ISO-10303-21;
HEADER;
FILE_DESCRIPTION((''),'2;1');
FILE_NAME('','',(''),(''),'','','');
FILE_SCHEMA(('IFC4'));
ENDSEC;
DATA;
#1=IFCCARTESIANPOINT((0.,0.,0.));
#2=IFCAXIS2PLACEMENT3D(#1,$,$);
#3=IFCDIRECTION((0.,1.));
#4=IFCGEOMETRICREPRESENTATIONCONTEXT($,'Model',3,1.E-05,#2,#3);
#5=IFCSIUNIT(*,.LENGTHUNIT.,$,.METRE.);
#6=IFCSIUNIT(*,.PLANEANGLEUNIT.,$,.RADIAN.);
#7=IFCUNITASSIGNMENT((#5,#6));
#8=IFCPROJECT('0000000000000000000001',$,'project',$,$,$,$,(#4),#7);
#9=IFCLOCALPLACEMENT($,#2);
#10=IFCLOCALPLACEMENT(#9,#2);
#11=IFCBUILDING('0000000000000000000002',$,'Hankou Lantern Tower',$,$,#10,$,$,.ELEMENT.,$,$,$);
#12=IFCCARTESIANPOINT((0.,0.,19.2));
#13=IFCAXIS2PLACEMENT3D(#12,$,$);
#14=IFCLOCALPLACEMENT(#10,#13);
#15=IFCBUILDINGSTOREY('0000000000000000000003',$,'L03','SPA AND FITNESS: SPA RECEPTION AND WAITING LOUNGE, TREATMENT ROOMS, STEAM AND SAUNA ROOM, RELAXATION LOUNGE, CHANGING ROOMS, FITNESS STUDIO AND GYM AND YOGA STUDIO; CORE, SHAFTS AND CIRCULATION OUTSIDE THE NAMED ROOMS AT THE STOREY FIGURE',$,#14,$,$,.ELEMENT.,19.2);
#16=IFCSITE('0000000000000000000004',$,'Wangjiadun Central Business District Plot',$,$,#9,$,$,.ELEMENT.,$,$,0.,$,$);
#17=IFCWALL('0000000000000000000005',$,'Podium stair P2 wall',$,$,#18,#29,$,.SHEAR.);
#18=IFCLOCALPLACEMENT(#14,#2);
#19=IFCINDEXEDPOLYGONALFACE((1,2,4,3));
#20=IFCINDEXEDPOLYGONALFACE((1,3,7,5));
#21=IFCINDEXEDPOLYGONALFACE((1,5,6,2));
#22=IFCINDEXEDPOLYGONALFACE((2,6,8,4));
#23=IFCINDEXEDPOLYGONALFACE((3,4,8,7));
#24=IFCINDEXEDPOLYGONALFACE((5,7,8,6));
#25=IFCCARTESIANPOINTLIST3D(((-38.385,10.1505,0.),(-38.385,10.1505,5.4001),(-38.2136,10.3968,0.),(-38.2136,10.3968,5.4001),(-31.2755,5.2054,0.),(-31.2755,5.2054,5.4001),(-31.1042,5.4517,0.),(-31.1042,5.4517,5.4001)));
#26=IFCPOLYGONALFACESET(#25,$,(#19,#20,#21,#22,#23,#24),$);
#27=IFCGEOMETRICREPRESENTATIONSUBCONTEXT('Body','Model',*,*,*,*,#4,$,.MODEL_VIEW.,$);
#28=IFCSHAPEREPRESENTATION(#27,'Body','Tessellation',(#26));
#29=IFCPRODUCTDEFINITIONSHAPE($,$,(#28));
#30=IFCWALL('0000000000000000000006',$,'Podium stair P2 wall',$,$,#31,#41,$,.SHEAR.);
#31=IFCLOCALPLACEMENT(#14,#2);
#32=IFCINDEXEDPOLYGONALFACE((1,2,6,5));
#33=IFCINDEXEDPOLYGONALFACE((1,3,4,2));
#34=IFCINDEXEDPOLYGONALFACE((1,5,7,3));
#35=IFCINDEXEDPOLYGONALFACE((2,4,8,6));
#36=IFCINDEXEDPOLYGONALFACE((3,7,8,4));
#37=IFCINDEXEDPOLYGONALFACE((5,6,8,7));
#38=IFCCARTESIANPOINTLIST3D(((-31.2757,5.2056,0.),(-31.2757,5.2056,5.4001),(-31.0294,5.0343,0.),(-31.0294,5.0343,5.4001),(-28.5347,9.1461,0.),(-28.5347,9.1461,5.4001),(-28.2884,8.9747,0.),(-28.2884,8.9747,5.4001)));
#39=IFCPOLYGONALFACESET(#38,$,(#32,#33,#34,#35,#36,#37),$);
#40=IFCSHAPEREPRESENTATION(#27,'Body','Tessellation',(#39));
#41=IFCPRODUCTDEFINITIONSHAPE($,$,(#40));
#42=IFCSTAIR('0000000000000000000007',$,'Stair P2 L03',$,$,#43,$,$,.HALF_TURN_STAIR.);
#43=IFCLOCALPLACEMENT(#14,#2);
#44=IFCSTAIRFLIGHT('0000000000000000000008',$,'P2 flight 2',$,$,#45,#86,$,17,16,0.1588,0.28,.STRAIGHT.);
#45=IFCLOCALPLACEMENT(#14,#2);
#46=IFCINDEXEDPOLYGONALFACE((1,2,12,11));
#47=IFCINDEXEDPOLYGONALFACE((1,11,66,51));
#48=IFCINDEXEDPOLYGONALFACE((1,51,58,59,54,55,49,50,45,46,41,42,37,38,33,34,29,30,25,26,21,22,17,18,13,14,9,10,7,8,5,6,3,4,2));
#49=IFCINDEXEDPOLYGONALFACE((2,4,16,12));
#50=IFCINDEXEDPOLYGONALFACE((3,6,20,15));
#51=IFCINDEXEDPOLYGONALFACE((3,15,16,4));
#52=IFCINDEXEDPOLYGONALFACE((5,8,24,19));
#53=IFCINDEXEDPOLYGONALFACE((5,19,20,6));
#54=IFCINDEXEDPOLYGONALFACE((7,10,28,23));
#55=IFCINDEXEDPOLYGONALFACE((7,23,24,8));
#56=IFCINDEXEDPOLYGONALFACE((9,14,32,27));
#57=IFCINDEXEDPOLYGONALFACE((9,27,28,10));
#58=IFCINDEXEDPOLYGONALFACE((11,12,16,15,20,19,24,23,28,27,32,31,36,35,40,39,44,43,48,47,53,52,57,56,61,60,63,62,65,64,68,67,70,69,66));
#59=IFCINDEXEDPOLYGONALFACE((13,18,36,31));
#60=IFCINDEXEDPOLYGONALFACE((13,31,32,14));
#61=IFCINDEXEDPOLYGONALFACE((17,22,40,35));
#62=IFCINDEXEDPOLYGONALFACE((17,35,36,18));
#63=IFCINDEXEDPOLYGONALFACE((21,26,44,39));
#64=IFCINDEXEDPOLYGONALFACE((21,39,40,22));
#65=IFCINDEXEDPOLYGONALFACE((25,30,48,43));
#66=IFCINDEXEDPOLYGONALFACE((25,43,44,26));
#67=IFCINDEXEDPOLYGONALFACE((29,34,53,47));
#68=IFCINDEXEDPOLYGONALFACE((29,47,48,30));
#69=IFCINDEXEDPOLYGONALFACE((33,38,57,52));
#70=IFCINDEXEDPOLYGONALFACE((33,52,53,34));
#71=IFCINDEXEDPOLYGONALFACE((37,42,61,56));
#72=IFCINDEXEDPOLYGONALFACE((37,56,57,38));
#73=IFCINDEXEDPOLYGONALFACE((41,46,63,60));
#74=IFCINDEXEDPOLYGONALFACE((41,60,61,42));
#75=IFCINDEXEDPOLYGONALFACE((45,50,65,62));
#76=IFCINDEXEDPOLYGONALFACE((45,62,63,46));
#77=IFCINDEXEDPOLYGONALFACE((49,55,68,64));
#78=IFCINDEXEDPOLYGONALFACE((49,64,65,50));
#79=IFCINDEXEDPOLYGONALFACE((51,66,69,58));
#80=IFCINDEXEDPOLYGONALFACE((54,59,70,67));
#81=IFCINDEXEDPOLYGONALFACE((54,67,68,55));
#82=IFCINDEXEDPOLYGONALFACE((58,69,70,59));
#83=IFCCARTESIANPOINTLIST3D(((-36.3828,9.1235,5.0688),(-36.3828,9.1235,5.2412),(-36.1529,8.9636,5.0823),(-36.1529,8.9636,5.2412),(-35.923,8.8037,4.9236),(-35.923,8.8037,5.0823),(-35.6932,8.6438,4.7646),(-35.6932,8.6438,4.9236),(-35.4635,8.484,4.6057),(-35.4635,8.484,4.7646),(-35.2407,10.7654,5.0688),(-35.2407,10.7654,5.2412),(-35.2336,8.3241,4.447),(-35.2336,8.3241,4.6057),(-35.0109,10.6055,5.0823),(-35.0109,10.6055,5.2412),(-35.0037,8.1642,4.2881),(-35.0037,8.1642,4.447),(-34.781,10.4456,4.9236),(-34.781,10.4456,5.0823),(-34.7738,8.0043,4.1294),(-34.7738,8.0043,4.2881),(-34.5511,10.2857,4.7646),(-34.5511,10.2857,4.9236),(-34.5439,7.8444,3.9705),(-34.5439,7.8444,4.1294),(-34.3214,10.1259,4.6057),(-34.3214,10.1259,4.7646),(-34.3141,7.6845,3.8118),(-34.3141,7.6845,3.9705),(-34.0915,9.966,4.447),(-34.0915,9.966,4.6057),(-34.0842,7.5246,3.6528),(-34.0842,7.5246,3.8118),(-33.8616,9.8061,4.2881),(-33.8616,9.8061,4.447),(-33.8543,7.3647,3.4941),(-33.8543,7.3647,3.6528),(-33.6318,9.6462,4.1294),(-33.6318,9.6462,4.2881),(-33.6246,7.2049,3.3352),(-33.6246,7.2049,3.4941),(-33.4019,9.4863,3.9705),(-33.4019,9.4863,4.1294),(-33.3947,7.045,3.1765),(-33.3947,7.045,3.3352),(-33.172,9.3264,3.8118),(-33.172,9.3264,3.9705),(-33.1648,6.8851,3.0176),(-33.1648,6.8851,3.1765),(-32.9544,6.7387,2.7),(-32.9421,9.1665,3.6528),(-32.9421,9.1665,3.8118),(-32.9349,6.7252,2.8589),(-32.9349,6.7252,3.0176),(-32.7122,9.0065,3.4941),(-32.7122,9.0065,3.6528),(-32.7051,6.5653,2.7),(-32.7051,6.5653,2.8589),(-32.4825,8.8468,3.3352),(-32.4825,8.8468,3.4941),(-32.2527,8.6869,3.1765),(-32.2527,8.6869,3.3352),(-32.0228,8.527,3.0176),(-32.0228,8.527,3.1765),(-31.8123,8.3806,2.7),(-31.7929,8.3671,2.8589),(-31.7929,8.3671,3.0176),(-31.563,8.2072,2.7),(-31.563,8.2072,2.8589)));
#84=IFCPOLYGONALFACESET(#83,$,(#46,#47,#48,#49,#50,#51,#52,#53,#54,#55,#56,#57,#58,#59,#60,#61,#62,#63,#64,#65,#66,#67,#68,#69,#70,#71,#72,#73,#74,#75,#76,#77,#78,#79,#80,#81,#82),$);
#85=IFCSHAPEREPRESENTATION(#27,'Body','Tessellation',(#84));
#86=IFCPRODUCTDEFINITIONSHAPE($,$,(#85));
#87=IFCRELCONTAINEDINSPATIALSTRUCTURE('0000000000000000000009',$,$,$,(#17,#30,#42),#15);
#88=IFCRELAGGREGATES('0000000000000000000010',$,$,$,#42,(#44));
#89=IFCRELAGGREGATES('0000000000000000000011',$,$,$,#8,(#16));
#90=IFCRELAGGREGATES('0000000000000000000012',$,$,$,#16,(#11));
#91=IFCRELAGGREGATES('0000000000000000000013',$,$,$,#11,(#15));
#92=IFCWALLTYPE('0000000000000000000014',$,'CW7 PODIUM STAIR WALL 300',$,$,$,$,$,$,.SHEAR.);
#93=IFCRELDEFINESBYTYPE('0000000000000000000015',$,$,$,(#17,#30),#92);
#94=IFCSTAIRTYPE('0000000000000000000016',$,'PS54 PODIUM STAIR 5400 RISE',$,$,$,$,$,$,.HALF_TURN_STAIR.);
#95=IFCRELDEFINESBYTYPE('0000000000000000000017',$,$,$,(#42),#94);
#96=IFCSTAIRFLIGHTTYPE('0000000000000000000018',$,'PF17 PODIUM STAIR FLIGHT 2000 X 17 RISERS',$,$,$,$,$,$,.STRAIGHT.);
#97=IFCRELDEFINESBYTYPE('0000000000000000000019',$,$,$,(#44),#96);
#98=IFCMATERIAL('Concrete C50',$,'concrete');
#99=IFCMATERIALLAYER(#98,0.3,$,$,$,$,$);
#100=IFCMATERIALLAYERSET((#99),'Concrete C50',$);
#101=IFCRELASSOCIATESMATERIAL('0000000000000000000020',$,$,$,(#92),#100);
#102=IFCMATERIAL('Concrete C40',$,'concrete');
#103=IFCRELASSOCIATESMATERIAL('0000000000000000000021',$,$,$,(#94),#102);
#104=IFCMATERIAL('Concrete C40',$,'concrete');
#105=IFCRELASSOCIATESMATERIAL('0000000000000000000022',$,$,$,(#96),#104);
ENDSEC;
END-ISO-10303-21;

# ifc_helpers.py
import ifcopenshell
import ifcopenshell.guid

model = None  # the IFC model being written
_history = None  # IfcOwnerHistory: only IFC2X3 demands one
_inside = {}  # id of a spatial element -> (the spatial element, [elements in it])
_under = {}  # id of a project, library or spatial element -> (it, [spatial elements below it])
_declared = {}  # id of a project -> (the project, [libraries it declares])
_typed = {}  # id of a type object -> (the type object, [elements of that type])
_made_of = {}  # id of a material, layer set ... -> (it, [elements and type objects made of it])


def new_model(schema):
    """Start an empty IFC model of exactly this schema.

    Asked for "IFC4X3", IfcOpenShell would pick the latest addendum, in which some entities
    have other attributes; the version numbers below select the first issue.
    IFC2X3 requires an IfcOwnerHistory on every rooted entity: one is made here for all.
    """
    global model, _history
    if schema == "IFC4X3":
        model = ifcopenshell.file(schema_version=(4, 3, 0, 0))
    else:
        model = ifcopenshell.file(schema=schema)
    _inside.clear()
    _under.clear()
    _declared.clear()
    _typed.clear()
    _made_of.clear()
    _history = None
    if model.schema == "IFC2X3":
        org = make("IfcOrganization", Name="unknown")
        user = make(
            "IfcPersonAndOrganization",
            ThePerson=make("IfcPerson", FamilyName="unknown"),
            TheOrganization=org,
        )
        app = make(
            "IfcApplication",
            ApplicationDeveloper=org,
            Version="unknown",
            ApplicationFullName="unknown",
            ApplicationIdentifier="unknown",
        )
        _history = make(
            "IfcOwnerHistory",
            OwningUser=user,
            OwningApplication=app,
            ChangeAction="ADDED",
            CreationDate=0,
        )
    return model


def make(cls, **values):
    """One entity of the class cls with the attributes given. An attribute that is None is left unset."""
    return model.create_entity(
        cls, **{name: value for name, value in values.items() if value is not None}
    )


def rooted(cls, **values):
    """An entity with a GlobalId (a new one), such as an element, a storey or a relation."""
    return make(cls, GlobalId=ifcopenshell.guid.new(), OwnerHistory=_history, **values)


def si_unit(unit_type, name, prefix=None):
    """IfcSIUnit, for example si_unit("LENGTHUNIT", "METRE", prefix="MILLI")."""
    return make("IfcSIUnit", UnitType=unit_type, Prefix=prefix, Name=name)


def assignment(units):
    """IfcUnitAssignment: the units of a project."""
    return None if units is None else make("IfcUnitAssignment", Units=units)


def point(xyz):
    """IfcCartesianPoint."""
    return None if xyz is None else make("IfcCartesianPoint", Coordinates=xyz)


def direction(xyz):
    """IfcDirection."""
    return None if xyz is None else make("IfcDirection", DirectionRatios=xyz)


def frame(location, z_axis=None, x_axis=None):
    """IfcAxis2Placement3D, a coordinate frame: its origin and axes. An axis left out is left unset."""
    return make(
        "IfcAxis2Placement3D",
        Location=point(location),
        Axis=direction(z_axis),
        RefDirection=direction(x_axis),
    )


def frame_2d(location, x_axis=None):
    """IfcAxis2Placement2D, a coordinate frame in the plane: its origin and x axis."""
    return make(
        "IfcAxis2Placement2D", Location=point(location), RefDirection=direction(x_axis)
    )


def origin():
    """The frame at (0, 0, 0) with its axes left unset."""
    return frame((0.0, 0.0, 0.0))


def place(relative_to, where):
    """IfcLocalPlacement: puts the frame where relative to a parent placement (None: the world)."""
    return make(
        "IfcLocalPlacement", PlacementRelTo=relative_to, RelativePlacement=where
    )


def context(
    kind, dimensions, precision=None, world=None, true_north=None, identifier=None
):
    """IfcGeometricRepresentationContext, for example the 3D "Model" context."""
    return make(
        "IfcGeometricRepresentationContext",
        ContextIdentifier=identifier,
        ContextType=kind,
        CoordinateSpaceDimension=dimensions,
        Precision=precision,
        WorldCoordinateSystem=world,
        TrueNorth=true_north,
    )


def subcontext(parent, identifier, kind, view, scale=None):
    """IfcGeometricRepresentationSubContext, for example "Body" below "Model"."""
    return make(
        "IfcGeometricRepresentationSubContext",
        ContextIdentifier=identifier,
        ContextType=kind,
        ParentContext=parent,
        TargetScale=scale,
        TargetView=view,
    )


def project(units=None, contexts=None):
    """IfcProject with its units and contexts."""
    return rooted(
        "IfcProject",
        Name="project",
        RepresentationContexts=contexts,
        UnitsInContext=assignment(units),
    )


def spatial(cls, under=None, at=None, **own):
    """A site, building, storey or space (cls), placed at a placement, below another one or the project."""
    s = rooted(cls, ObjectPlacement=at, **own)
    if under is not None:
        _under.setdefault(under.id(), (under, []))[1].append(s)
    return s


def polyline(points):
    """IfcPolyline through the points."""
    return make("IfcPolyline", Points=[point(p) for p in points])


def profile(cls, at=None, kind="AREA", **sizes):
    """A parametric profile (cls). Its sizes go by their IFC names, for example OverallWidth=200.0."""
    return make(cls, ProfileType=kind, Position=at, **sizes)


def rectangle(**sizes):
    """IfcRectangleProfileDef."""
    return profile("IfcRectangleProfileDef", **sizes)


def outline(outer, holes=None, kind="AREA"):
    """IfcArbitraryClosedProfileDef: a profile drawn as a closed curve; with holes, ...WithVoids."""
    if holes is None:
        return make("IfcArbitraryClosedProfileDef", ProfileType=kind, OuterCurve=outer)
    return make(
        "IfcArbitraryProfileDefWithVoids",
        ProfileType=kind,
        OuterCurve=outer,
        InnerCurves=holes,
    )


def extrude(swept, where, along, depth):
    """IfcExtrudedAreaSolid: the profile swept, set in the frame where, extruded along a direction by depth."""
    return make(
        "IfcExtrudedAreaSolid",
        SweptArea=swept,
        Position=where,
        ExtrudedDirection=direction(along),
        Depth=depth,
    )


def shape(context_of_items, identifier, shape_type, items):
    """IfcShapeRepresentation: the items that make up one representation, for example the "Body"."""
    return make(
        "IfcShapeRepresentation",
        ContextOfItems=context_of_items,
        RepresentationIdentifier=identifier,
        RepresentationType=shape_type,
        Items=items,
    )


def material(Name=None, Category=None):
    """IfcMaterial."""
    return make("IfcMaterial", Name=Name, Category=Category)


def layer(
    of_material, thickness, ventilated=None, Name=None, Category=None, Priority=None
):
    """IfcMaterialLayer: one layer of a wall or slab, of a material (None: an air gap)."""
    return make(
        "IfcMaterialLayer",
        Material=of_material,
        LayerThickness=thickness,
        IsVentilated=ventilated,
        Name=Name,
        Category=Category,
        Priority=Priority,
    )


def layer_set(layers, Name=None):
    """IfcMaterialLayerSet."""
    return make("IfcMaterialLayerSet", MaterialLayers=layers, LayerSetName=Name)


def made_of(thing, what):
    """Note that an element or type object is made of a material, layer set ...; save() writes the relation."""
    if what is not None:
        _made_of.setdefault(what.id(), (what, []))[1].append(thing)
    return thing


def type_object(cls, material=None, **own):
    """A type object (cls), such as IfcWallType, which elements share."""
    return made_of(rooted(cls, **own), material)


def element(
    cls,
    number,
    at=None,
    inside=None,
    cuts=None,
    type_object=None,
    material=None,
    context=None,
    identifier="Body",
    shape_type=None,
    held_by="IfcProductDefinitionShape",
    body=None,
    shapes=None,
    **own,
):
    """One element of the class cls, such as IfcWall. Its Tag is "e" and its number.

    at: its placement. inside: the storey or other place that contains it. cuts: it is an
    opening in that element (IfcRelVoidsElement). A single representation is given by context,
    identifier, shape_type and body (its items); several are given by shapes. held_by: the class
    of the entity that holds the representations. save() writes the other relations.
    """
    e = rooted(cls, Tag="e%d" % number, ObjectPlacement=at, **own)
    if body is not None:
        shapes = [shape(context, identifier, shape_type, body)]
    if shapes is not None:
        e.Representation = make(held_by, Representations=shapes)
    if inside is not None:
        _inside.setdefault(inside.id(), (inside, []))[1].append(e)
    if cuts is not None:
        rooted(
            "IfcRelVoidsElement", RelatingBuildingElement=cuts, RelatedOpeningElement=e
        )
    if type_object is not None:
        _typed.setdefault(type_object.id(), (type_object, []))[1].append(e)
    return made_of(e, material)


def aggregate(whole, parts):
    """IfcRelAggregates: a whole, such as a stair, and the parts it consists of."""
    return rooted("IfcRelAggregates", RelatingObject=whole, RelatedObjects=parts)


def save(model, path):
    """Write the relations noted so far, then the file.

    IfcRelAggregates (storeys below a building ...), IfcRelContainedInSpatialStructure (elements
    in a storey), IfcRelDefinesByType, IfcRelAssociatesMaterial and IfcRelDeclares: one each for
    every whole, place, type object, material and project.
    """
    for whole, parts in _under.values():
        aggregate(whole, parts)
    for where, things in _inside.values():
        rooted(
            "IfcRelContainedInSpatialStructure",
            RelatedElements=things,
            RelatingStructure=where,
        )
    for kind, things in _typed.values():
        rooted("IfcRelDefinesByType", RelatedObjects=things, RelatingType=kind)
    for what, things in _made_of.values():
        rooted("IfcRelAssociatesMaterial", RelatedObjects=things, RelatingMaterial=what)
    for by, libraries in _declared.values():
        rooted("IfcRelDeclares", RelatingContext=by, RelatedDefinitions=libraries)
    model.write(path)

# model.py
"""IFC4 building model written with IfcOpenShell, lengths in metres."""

from ifc_helpers import new_model, si_unit, direction, frame, frame_2d, origin, place, context, subcontext, project, spatial, polyline, rectangle, outline, extrude, material, layer, layer_set, type_object, element, aggregate, save


model = new_model("IFC4")

# Units and contexts
model_context = context("Model", 3, precision=1e-05, world=origin(), true_north=direction((0.0, 1.0)))
body_context = subcontext(model_context, "Body", "Model", "MODEL_VIEW")
ifc_project = project(units=[si_unit("LENGTHUNIT", "METRE"), si_unit("PLANEANGLEUNIT", "RADIAN")], contexts=[model_context])

# Site, building, storey
site_placement = place(None, origin())
site = spatial("IfcSite", under=ifc_project, at=site_placement, Name="Wangjiadun Central Business District Plot", CompositionType="ELEMENT", RefElevation=0.0)
building_placement = place(site_placement, origin())
building = spatial("IfcBuilding", under=site, at=building_placement, Name="Hankou Lantern Tower", CompositionType="ELEMENT")
storey_placement = place(building_placement, frame((0.0, 0.0, 19.2)))
storey = spatial("IfcBuildingStorey", under=building, at=storey_placement, Name="L03", Description="SPA AND FITNESS: SPA RECEPTION AND WAITING LOUNGE, TREATMENT ROOMS, STEAM AND SAUNA ROOM, RELAXATION LOUNGE, CHANGING ROOMS, FITNESS STUDIO AND GYM AND YOGA STUDIO; CORE, SHAFTS AND CIRCULATION OUTSIDE THE NAMED ROOMS AT THE STOREY FIGURE", CompositionType="ELEMENT", Elevation=19.2)

# Walls
ifc_material_1 = material(Name="Concrete C50", Category="concrete")
ifc_layer_1 = layer(ifc_material_1, 0.3)
ifc_layer_set_1 = layer_set([ifc_layer_1], Name="Concrete C50")
wall_type = type_object("IfcWallType", Name="CW7 PODIUM STAIR WALL 300", PredefinedType="SHEAR", material=ifc_layer_set_1)
wall_1_placement = place(storey_placement, frame((-38.2993, 10.2737, 0.0), z_axis=(0.0, 0.0, 1.0), x_axis=(0.820937, -0.571019, 0.0)))
element("IfcWall", 1, at=wall_1_placement, inside=storey, type_object=wall_type, Name="Podium stair P2 wall", PredefinedType="SHEAR", context=body_context, shape_type="SweptSolid", body=[
    extrude(rectangle(XDim=8.6602, YDim=0.3, at=frame_2d((4.3301, 0.0))), origin(), (0.0, 0.0, 1.0), 5.4001),
])
wall_2_placement = place(storey_placement, frame((-28.4116, 9.0603, 0.0), z_axis=(0.0, 0.0, 1.0), x_axis=(-0.571036, -0.820925, 0.0)))
element("IfcWall", 2, at=wall_2_placement, inside=storey, type_object=wall_type, Name="Podium stair P2 wall", PredefinedType="SHEAR", context=body_context, shape_type="SweptSolid", body=[
    extrude(rectangle(XDim=4.8, YDim=0.3, at=frame_2d((2.3999, 0.0))), origin(), (0.0, 0.0, 1.0), 5.4001),
])

# Stair, stair flight
ifc_material_2 = material(Name="Concrete C40", Category="concrete")
stair_type = type_object("IfcStairType", Name="PS54 PODIUM STAIR 5400 RISE", PredefinedType="HALF_TURN_STAIR", material=ifc_material_2)
stair_placement = place(storey_placement, origin())
stair = element("IfcStair", 3, at=stair_placement, inside=storey, type_object=stair_type, Name="Stair P2 L03", PredefinedType="HALF_TURN_STAIR")
ifc_material_3 = material(Name="Concrete C40", Category="concrete")
stair_flight_type = type_object("IfcStairFlightType", Name="PF17 PODIUM STAIR FLIGHT 2000 X 17 RISERS", PredefinedType="STRAIGHT", material=ifc_material_3)
stair_flight_placement = place(storey_placement, frame((-32.134, 7.3862, 2.7), z_axis=(0.0, 0.0, 1.0), x_axis=(-0.820927, 0.571033, 0.0)))
stair_flight = element("IfcStairFlight", 4, at=stair_flight_placement, type_object=stair_flight_type, Name="P2 flight 2", NumberOfRisers=17, NumberOfTreads=16, PredefinedType="STRAIGHT", RiserHeight=0.1588, TreadLength=0.28, context=body_context, shape_type="SweptSolid", body=[
    extrude(outline(polyline([(0.0, 0.0), (0.0, 0.1589), (0.28, 0.1589), (0.28, 0.3176), (0.5601, 0.3176), (0.5601, 0.4766), (0.8401, 0.4766), (0.8401, 0.6353), (1.1201, 0.6353), (1.1201, 0.7942), (1.3999, 0.7942), (1.3999, 0.9529), (1.6799, 0.9529), (1.6799, 1.1118), (1.96, 1.1118), (1.96, 1.2705), (2.24, 1.2705), (2.24, 1.4294), (2.52, 1.4294), (2.52, 1.5881), (2.8, 1.5881), (2.8, 1.7471), (3.0801, 1.7471), (3.0801, 1.9058), (3.3601, 1.9058), (3.3601, 2.0647), (3.6399, 2.0647), (3.6399, 2.2236), (3.9199, 2.2236), (3.9199, 2.3823), (4.2, 2.3823), (4.2, 2.5413), (4.48, 2.5413), (4.48, 2.7), (4.48, 2.3689), (0.3037, 0.0), (0.0, 0.0)])), frame((0.0, 1.0, 0.0), z_axis=(0.0, -1.0, 0.0), x_axis=(1.0, 0.0, 0.0)), (0.0, 0.0, 1.0), 2.0),
])
aggregate(stair, [stair_flight])

save(model, "model.ifc")
